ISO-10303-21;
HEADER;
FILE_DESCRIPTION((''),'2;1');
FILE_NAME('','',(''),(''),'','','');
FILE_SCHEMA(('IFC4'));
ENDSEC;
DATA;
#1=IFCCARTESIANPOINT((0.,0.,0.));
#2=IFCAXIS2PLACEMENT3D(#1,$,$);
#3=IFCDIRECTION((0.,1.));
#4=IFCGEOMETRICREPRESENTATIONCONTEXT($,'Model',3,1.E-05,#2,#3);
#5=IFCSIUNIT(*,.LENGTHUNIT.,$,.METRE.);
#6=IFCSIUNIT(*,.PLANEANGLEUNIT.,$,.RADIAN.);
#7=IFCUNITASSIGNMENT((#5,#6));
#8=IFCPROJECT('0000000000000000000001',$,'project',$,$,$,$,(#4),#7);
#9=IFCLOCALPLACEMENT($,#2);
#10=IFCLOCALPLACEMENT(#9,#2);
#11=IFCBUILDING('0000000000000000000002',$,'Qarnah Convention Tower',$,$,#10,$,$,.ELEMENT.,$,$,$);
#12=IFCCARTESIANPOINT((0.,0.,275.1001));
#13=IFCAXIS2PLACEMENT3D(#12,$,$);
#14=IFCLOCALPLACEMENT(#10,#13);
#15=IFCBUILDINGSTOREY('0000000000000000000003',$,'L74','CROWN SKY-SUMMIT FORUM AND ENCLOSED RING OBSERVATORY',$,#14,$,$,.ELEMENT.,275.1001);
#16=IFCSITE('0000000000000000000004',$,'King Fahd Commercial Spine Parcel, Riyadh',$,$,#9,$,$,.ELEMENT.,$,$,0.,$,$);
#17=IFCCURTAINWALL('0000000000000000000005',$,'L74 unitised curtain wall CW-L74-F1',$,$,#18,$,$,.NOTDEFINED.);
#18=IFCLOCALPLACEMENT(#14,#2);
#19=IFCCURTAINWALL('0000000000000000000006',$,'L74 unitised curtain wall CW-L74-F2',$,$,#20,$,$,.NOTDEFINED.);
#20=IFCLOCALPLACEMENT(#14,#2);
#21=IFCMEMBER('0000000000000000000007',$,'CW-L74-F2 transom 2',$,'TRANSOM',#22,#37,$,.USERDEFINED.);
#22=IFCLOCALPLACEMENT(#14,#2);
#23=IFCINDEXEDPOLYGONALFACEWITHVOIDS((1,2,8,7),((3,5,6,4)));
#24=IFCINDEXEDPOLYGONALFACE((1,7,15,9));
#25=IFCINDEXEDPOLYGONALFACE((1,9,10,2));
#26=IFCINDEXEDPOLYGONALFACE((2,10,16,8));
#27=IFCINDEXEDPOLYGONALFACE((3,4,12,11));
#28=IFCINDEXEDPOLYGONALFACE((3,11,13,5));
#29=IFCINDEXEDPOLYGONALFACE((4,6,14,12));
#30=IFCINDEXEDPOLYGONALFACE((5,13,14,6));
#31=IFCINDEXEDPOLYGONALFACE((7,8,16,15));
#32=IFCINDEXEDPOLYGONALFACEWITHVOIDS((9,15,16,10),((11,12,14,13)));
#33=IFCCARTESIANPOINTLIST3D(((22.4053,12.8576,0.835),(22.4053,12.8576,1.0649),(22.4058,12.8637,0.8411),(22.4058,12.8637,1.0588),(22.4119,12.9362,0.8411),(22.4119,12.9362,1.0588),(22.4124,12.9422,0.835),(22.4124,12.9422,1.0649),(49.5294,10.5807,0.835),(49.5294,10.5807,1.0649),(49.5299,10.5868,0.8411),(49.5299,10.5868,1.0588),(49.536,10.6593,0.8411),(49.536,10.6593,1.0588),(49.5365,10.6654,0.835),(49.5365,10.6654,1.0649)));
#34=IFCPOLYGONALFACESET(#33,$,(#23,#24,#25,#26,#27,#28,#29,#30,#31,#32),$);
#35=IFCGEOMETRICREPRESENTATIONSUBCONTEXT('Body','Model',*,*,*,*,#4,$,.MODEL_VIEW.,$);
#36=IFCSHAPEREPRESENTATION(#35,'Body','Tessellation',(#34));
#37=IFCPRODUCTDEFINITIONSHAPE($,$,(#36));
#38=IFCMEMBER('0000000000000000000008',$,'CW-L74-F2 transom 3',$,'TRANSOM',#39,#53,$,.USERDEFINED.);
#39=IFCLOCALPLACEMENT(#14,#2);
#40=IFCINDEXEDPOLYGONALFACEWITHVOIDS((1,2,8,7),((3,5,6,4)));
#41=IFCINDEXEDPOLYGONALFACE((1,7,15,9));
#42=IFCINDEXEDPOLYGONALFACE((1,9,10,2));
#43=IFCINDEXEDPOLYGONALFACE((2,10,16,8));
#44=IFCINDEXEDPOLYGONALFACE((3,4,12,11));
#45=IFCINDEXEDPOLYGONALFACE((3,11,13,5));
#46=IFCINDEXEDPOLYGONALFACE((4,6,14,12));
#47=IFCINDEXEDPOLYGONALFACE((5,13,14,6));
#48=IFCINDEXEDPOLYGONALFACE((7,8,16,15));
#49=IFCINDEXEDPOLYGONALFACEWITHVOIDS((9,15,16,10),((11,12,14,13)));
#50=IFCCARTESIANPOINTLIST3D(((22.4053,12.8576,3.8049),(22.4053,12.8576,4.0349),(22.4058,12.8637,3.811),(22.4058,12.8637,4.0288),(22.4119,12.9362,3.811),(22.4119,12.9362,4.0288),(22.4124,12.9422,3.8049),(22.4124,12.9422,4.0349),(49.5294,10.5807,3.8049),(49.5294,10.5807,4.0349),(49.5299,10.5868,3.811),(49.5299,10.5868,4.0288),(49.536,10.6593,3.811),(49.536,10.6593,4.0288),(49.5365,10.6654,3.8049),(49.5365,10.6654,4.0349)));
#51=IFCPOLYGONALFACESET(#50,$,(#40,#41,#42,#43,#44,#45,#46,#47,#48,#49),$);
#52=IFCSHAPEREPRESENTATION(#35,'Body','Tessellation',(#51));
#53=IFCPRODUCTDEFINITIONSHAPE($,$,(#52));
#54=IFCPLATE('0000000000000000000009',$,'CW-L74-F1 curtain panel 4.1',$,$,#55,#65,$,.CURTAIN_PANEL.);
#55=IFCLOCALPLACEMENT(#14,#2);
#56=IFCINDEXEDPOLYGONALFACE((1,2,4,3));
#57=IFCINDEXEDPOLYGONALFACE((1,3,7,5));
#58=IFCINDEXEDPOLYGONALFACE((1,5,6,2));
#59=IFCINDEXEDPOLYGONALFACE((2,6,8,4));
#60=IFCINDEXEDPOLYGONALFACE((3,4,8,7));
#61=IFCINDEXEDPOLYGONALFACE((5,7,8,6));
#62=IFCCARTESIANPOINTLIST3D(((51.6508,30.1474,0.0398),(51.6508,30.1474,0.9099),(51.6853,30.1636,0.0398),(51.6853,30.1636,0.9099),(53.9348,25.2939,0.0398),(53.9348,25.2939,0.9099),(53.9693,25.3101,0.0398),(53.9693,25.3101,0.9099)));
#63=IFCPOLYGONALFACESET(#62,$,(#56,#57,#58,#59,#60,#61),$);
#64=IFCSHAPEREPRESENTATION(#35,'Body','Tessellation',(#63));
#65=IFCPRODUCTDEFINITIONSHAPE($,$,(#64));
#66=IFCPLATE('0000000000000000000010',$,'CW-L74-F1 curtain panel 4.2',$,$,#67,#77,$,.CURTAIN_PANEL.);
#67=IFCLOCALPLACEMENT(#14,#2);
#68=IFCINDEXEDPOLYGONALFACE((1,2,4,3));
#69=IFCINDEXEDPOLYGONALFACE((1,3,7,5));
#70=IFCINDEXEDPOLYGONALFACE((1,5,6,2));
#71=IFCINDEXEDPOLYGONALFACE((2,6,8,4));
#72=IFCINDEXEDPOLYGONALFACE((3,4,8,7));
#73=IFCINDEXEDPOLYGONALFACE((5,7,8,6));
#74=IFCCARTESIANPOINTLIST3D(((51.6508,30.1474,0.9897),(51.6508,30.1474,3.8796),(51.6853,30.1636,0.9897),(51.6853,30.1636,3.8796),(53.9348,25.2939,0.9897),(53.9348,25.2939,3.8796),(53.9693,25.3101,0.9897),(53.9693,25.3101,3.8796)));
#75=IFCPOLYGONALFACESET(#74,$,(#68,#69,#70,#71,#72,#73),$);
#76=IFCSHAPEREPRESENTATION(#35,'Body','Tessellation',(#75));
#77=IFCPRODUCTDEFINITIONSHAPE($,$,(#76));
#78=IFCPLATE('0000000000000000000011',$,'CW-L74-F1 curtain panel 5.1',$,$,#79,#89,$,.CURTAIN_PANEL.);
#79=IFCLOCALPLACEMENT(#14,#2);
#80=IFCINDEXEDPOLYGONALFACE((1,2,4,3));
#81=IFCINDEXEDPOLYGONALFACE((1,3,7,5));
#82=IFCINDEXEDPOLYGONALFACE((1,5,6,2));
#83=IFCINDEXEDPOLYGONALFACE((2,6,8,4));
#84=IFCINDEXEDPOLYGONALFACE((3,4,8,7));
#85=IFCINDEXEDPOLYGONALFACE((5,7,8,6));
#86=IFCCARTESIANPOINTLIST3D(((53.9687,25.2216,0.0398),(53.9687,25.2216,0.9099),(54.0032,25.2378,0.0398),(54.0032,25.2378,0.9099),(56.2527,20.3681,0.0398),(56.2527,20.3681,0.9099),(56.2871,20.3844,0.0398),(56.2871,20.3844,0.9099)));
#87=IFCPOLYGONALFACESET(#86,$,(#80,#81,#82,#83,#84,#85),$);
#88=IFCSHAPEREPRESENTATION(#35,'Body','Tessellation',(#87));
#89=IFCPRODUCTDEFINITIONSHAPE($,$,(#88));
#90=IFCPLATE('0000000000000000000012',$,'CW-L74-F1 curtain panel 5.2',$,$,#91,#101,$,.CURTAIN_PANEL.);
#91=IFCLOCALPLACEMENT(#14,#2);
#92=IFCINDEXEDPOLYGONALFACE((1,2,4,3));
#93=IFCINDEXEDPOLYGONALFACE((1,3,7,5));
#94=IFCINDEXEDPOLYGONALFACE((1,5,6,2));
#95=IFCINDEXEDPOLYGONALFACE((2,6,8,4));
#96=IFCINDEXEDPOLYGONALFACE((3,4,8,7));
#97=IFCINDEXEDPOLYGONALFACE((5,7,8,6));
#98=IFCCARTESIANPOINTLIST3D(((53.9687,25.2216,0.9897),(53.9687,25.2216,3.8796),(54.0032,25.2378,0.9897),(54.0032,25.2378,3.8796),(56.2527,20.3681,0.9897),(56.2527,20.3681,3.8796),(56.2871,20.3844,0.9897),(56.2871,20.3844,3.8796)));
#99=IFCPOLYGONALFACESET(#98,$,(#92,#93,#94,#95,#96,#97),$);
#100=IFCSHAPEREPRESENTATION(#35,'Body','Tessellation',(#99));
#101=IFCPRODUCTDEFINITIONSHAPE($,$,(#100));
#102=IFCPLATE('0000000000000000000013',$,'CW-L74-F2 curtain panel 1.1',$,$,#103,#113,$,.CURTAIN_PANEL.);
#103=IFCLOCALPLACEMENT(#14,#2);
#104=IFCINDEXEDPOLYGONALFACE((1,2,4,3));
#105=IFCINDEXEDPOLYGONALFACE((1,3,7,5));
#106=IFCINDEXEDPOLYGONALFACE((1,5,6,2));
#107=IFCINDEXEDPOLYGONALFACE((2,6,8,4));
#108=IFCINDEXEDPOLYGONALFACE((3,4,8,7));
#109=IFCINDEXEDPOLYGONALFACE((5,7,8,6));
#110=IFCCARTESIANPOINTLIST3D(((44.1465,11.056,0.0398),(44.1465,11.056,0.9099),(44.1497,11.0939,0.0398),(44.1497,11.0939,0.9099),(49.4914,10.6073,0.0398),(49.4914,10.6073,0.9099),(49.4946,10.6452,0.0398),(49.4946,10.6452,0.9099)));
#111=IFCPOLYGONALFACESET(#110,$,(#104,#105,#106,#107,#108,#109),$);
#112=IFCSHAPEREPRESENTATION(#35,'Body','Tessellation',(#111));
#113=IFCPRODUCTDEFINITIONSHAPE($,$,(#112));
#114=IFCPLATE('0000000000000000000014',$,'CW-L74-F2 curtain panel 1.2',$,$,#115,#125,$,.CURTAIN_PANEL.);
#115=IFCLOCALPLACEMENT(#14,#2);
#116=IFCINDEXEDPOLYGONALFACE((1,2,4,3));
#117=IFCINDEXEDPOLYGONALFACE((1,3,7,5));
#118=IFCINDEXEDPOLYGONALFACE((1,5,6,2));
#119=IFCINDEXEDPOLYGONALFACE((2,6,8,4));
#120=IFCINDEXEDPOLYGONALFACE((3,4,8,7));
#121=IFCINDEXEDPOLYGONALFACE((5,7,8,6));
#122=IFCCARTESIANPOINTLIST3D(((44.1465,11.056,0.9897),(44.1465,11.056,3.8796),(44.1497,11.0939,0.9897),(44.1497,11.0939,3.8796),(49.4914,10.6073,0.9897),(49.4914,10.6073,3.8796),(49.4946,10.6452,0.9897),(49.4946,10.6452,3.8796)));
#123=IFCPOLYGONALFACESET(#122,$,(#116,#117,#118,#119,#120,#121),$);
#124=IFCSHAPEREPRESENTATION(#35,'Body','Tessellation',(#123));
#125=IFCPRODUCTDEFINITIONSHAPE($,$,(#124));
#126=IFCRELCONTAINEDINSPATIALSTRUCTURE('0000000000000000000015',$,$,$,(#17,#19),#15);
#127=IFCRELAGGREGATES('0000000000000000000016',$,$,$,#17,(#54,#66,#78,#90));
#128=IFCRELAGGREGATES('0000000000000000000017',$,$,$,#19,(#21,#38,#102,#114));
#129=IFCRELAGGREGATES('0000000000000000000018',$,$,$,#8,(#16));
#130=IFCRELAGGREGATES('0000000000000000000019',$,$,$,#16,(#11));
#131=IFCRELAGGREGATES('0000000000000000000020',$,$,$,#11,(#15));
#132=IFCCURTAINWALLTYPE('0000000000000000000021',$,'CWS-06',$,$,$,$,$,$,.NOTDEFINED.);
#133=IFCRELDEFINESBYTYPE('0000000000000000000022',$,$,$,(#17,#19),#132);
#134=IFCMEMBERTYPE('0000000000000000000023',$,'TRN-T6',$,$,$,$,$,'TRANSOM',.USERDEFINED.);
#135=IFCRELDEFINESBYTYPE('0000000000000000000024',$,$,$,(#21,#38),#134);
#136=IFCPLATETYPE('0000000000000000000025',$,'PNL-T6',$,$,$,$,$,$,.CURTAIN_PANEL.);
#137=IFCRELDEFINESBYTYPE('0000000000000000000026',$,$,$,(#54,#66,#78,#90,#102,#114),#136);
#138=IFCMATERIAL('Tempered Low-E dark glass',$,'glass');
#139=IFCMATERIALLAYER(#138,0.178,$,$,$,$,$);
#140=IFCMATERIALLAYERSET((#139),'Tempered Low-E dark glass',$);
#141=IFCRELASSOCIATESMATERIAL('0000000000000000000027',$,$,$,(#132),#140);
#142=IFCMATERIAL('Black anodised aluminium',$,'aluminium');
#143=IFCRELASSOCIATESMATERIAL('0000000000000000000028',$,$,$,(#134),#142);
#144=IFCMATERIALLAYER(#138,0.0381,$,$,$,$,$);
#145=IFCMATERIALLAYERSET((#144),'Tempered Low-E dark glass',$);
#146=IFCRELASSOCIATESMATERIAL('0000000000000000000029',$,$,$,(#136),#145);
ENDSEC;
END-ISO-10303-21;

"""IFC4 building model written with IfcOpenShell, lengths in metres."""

from ifc_helpers import new_model, si_unit, direction, frame, origin, origin_2d, place, context, subcontext, project, spatial, rectangle, hollow_rectangle, extrude, material, layer, layer_set, material_profile, profile_set, type_object, element, aggregate, save


model = new_model("IFC4")

# Units and contexts
model_context = context("Model", 3, precision=1e-05, world=origin(), true_north=direction((0.0, 1.0)))
body_context = subcontext(model_context, "Body", "Model", "MODEL_VIEW")
ifc_project = project(units=[si_unit("LENGTHUNIT", "METRE"), si_unit("PLANEANGLEUNIT", "RADIAN")], contexts=[model_context])

# Site, building, storey
site_placement = place(None, origin())
site = spatial("IfcSite", under=ifc_project, at=site_placement, Name="King Fahd Commercial Spine Parcel, Riyadh", CompositionType="ELEMENT", RefElevation=0.0)
building_placement = place(site_placement, origin())
building = spatial("IfcBuilding", under=site, at=building_placement, Name="Qarnah Convention Tower", CompositionType="ELEMENT")
storey_placement = place(building_placement, frame((0.0, 0.0, 275.1001)))
storey = spatial("IfcBuildingStorey", under=building, at=storey_placement, Name="L74", Description="CROWN SKY-SUMMIT FORUM AND ENCLOSED RING OBSERVATORY", CompositionType="ELEMENT", Elevation=275.1001)

# Curtain walls, members
ifc_material_1 = material(Name="Tempered Low-E dark glass", Category="glass")
ifc_layer_1 = layer(ifc_material_1, 0.178)
ifc_layer_set_1 = layer_set([ifc_layer_1], Name="Tempered Low-E dark glass")
curtain_wall_type = type_object("IfcCurtainWallType", Name="CWS-06", PredefinedType="NOTDEFINED", material=ifc_layer_set_1)
curtain_wall_1_placement = place(storey_placement, origin())
curtain_wall_1 = element("IfcCurtainWall", 1, at=curtain_wall_1_placement, inside=storey, type_object=curtain_wall_type, Name="L74 unitised curtain wall CW-L74-F1", PredefinedType="NOTDEFINED")
ifc_material_2 = material(Name="Black anodised aluminium", Category="aluminium")
curtain_wall_2_placement = place(storey_placement, origin())
curtain_wall_2 = element("IfcCurtainWall", 2, at=curtain_wall_2_placement, inside=storey, type_object=curtain_wall_type, Name="L74 unitised curtain wall CW-L74-F2", PredefinedType="NOTDEFINED")
ifc_material_profile_1 = material_profile(ifc_material_2, hollow_rectangle(XDim=0.085, YDim=0.23, WallThickness=0.0061, at=origin_2d()), Name="TRN-85X230")
ifc_profile_set_1 = profile_set([ifc_material_profile_1], Name="Black anodised aluminium")
member_type_1 = type_object("IfcMemberType", Name="TRN-T6", ElementType="TRANSOM", PredefinedType="USERDEFINED", material=ifc_profile_set_1)
member_1_placement = place(storey_placement, frame((49.533, 10.623, 0.95), z_axis=(-0.996495, 0.083648, 0.0), x_axis=(-0.083648, -0.996495, 0.0)))
member_1 = element("IfcMember", 3, at=member_1_placement, type_object=member_type_1, Name="CW-L74-F2 transom 2", ObjectType="TRANSOM", PredefinedType="USERDEFINED", context=body_context, shape_type="SweptSolid", body=[
    extrude(hollow_rectangle(XDim=0.085, YDim=0.23, WallThickness=0.0061, at=origin_2d()), origin(), (0.0, 0.0, 1.0), 27.2195),
])
member_2_placement = place(storey_placement, frame((49.533, 10.623, 3.9199), z_axis=(-0.996495, 0.083648, 0.0), x_axis=(-0.083648, -0.996495, 0.0)))
member_2 = element("IfcMember", 4, at=member_2_placement, type_object=member_type_1, Name="CW-L74-F2 transom 3", ObjectType="TRANSOM", PredefinedType="USERDEFINED", context=body_context, shape_type="SweptSolid", body=[
    extrude(hollow_rectangle(XDim=0.085, YDim=0.23, WallThickness=0.0061, at=origin_2d()), origin(), (0.0, 0.0, 1.0), 27.2195),
])

# Plates
ifc_layer_2 = layer(ifc_material_1, 0.0381)
ifc_layer_set_2 = layer_set([ifc_layer_2], Name="Tempered Low-E dark glass")
plate_type = type_object("IfcPlateType", Name="PNL-T6", PredefinedType="CURTAIN_PANEL", material=ifc_layer_set_2)
plate_1_placement = place(storey_placement, frame((52.8101, 27.7288, 0.0398), z_axis=(0.0, 0.0, 1.0), x_axis=(0.425794, -0.90482, 0.0)))
plate_1 = element("IfcPlate", 5, at=plate_1_placement, type_object=plate_type, Name="CW-L74-F1 curtain panel 4.1", PredefinedType="CURTAIN_PANEL", context=body_context, shape_type="SweptSolid", body=[
    extrude(rectangle(XDim=5.364, YDim=0.0381, at=origin_2d()), origin(), (0.0, 0.0, 1.0), 0.8701),
])
plate_2_placement = place(storey_placement, frame((52.8101, 27.7288, 0.9897), z_axis=(0.0, 0.0, 1.0), x_axis=(0.425794, -0.90482, 0.0)))
plate_2 = element("IfcPlate", 6, at=plate_2_placement, type_object=plate_type, Name="CW-L74-F1 curtain panel 4.2", PredefinedType="CURTAIN_PANEL", context=body_context, shape_type="SweptSolid", body=[
    extrude(rectangle(XDim=5.364, YDim=0.0381, at=origin_2d()), origin(), (0.0, 0.0, 1.0), 2.8899),
])
plate_3_placement = place(storey_placement, frame((55.1279, 22.803, 0.0398), z_axis=(0.0, 0.0, 1.0), x_axis=(0.425794, -0.90482, 0.0)))
plate_3 = element("IfcPlate", 7, at=plate_3_placement, type_object=plate_type, Name="CW-L74-F1 curtain panel 5.1", PredefinedType="CURTAIN_PANEL", context=body_context, shape_type="SweptSolid", body=[
    extrude(rectangle(XDim=5.364, YDim=0.0381, at=origin_2d()), origin(), (0.0, 0.0, 1.0), 0.8701),
])
plate_4_placement = place(storey_placement, frame((55.1279, 22.803, 0.9897), z_axis=(0.0, 0.0, 1.0), x_axis=(0.425794, -0.90482, 0.0)))
plate_4 = element("IfcPlate", 8, at=plate_4_placement, type_object=plate_type, Name="CW-L74-F1 curtain panel 5.2", PredefinedType="CURTAIN_PANEL", context=body_context, shape_type="SweptSolid", body=[
    extrude(rectangle(XDim=5.364, YDim=0.0381, at=origin_2d()), origin(), (0.0, 0.0, 1.0), 2.8899),
])
aggregate(curtain_wall_1, [plate_1, plate_2, plate_3, plate_4])
plate_5_placement = place(storey_placement, frame((46.8206, 10.8506, 0.0398), z_axis=(0.0, 0.0, 1.0), x_axis=(-0.996495, 0.083654, 0.0)))
plate_5 = element("IfcPlate", 9, at=plate_5_placement, type_object=plate_type, Name="CW-L74-F2 curtain panel 1.1", PredefinedType="CURTAIN_PANEL", context=body_context, shape_type="SweptSolid", body=[
    extrude(rectangle(XDim=5.3638, YDim=0.0381, at=origin_2d()), origin(), (0.0, 0.0, 1.0), 0.8701),
])
plate_6_placement = place(storey_placement, frame((46.8206, 10.8506, 0.9897), z_axis=(0.0, 0.0, 1.0), x_axis=(-0.996495, 0.083654, 0.0)))
plate_6 = element("IfcPlate", 10, at=plate_6_placement, type_object=plate_type, Name="CW-L74-F2 curtain panel 1.2", PredefinedType="CURTAIN_PANEL", context=body_context, shape_type="SweptSolid", body=[
    extrude(rectangle(XDim=5.3638, YDim=0.0381, at=origin_2d()), origin(), (0.0, 0.0, 1.0), 2.8899),
])
aggregate(curtain_wall_2, [member_1, member_2, plate_5, plate_6])

save(model, "model.ifc")
